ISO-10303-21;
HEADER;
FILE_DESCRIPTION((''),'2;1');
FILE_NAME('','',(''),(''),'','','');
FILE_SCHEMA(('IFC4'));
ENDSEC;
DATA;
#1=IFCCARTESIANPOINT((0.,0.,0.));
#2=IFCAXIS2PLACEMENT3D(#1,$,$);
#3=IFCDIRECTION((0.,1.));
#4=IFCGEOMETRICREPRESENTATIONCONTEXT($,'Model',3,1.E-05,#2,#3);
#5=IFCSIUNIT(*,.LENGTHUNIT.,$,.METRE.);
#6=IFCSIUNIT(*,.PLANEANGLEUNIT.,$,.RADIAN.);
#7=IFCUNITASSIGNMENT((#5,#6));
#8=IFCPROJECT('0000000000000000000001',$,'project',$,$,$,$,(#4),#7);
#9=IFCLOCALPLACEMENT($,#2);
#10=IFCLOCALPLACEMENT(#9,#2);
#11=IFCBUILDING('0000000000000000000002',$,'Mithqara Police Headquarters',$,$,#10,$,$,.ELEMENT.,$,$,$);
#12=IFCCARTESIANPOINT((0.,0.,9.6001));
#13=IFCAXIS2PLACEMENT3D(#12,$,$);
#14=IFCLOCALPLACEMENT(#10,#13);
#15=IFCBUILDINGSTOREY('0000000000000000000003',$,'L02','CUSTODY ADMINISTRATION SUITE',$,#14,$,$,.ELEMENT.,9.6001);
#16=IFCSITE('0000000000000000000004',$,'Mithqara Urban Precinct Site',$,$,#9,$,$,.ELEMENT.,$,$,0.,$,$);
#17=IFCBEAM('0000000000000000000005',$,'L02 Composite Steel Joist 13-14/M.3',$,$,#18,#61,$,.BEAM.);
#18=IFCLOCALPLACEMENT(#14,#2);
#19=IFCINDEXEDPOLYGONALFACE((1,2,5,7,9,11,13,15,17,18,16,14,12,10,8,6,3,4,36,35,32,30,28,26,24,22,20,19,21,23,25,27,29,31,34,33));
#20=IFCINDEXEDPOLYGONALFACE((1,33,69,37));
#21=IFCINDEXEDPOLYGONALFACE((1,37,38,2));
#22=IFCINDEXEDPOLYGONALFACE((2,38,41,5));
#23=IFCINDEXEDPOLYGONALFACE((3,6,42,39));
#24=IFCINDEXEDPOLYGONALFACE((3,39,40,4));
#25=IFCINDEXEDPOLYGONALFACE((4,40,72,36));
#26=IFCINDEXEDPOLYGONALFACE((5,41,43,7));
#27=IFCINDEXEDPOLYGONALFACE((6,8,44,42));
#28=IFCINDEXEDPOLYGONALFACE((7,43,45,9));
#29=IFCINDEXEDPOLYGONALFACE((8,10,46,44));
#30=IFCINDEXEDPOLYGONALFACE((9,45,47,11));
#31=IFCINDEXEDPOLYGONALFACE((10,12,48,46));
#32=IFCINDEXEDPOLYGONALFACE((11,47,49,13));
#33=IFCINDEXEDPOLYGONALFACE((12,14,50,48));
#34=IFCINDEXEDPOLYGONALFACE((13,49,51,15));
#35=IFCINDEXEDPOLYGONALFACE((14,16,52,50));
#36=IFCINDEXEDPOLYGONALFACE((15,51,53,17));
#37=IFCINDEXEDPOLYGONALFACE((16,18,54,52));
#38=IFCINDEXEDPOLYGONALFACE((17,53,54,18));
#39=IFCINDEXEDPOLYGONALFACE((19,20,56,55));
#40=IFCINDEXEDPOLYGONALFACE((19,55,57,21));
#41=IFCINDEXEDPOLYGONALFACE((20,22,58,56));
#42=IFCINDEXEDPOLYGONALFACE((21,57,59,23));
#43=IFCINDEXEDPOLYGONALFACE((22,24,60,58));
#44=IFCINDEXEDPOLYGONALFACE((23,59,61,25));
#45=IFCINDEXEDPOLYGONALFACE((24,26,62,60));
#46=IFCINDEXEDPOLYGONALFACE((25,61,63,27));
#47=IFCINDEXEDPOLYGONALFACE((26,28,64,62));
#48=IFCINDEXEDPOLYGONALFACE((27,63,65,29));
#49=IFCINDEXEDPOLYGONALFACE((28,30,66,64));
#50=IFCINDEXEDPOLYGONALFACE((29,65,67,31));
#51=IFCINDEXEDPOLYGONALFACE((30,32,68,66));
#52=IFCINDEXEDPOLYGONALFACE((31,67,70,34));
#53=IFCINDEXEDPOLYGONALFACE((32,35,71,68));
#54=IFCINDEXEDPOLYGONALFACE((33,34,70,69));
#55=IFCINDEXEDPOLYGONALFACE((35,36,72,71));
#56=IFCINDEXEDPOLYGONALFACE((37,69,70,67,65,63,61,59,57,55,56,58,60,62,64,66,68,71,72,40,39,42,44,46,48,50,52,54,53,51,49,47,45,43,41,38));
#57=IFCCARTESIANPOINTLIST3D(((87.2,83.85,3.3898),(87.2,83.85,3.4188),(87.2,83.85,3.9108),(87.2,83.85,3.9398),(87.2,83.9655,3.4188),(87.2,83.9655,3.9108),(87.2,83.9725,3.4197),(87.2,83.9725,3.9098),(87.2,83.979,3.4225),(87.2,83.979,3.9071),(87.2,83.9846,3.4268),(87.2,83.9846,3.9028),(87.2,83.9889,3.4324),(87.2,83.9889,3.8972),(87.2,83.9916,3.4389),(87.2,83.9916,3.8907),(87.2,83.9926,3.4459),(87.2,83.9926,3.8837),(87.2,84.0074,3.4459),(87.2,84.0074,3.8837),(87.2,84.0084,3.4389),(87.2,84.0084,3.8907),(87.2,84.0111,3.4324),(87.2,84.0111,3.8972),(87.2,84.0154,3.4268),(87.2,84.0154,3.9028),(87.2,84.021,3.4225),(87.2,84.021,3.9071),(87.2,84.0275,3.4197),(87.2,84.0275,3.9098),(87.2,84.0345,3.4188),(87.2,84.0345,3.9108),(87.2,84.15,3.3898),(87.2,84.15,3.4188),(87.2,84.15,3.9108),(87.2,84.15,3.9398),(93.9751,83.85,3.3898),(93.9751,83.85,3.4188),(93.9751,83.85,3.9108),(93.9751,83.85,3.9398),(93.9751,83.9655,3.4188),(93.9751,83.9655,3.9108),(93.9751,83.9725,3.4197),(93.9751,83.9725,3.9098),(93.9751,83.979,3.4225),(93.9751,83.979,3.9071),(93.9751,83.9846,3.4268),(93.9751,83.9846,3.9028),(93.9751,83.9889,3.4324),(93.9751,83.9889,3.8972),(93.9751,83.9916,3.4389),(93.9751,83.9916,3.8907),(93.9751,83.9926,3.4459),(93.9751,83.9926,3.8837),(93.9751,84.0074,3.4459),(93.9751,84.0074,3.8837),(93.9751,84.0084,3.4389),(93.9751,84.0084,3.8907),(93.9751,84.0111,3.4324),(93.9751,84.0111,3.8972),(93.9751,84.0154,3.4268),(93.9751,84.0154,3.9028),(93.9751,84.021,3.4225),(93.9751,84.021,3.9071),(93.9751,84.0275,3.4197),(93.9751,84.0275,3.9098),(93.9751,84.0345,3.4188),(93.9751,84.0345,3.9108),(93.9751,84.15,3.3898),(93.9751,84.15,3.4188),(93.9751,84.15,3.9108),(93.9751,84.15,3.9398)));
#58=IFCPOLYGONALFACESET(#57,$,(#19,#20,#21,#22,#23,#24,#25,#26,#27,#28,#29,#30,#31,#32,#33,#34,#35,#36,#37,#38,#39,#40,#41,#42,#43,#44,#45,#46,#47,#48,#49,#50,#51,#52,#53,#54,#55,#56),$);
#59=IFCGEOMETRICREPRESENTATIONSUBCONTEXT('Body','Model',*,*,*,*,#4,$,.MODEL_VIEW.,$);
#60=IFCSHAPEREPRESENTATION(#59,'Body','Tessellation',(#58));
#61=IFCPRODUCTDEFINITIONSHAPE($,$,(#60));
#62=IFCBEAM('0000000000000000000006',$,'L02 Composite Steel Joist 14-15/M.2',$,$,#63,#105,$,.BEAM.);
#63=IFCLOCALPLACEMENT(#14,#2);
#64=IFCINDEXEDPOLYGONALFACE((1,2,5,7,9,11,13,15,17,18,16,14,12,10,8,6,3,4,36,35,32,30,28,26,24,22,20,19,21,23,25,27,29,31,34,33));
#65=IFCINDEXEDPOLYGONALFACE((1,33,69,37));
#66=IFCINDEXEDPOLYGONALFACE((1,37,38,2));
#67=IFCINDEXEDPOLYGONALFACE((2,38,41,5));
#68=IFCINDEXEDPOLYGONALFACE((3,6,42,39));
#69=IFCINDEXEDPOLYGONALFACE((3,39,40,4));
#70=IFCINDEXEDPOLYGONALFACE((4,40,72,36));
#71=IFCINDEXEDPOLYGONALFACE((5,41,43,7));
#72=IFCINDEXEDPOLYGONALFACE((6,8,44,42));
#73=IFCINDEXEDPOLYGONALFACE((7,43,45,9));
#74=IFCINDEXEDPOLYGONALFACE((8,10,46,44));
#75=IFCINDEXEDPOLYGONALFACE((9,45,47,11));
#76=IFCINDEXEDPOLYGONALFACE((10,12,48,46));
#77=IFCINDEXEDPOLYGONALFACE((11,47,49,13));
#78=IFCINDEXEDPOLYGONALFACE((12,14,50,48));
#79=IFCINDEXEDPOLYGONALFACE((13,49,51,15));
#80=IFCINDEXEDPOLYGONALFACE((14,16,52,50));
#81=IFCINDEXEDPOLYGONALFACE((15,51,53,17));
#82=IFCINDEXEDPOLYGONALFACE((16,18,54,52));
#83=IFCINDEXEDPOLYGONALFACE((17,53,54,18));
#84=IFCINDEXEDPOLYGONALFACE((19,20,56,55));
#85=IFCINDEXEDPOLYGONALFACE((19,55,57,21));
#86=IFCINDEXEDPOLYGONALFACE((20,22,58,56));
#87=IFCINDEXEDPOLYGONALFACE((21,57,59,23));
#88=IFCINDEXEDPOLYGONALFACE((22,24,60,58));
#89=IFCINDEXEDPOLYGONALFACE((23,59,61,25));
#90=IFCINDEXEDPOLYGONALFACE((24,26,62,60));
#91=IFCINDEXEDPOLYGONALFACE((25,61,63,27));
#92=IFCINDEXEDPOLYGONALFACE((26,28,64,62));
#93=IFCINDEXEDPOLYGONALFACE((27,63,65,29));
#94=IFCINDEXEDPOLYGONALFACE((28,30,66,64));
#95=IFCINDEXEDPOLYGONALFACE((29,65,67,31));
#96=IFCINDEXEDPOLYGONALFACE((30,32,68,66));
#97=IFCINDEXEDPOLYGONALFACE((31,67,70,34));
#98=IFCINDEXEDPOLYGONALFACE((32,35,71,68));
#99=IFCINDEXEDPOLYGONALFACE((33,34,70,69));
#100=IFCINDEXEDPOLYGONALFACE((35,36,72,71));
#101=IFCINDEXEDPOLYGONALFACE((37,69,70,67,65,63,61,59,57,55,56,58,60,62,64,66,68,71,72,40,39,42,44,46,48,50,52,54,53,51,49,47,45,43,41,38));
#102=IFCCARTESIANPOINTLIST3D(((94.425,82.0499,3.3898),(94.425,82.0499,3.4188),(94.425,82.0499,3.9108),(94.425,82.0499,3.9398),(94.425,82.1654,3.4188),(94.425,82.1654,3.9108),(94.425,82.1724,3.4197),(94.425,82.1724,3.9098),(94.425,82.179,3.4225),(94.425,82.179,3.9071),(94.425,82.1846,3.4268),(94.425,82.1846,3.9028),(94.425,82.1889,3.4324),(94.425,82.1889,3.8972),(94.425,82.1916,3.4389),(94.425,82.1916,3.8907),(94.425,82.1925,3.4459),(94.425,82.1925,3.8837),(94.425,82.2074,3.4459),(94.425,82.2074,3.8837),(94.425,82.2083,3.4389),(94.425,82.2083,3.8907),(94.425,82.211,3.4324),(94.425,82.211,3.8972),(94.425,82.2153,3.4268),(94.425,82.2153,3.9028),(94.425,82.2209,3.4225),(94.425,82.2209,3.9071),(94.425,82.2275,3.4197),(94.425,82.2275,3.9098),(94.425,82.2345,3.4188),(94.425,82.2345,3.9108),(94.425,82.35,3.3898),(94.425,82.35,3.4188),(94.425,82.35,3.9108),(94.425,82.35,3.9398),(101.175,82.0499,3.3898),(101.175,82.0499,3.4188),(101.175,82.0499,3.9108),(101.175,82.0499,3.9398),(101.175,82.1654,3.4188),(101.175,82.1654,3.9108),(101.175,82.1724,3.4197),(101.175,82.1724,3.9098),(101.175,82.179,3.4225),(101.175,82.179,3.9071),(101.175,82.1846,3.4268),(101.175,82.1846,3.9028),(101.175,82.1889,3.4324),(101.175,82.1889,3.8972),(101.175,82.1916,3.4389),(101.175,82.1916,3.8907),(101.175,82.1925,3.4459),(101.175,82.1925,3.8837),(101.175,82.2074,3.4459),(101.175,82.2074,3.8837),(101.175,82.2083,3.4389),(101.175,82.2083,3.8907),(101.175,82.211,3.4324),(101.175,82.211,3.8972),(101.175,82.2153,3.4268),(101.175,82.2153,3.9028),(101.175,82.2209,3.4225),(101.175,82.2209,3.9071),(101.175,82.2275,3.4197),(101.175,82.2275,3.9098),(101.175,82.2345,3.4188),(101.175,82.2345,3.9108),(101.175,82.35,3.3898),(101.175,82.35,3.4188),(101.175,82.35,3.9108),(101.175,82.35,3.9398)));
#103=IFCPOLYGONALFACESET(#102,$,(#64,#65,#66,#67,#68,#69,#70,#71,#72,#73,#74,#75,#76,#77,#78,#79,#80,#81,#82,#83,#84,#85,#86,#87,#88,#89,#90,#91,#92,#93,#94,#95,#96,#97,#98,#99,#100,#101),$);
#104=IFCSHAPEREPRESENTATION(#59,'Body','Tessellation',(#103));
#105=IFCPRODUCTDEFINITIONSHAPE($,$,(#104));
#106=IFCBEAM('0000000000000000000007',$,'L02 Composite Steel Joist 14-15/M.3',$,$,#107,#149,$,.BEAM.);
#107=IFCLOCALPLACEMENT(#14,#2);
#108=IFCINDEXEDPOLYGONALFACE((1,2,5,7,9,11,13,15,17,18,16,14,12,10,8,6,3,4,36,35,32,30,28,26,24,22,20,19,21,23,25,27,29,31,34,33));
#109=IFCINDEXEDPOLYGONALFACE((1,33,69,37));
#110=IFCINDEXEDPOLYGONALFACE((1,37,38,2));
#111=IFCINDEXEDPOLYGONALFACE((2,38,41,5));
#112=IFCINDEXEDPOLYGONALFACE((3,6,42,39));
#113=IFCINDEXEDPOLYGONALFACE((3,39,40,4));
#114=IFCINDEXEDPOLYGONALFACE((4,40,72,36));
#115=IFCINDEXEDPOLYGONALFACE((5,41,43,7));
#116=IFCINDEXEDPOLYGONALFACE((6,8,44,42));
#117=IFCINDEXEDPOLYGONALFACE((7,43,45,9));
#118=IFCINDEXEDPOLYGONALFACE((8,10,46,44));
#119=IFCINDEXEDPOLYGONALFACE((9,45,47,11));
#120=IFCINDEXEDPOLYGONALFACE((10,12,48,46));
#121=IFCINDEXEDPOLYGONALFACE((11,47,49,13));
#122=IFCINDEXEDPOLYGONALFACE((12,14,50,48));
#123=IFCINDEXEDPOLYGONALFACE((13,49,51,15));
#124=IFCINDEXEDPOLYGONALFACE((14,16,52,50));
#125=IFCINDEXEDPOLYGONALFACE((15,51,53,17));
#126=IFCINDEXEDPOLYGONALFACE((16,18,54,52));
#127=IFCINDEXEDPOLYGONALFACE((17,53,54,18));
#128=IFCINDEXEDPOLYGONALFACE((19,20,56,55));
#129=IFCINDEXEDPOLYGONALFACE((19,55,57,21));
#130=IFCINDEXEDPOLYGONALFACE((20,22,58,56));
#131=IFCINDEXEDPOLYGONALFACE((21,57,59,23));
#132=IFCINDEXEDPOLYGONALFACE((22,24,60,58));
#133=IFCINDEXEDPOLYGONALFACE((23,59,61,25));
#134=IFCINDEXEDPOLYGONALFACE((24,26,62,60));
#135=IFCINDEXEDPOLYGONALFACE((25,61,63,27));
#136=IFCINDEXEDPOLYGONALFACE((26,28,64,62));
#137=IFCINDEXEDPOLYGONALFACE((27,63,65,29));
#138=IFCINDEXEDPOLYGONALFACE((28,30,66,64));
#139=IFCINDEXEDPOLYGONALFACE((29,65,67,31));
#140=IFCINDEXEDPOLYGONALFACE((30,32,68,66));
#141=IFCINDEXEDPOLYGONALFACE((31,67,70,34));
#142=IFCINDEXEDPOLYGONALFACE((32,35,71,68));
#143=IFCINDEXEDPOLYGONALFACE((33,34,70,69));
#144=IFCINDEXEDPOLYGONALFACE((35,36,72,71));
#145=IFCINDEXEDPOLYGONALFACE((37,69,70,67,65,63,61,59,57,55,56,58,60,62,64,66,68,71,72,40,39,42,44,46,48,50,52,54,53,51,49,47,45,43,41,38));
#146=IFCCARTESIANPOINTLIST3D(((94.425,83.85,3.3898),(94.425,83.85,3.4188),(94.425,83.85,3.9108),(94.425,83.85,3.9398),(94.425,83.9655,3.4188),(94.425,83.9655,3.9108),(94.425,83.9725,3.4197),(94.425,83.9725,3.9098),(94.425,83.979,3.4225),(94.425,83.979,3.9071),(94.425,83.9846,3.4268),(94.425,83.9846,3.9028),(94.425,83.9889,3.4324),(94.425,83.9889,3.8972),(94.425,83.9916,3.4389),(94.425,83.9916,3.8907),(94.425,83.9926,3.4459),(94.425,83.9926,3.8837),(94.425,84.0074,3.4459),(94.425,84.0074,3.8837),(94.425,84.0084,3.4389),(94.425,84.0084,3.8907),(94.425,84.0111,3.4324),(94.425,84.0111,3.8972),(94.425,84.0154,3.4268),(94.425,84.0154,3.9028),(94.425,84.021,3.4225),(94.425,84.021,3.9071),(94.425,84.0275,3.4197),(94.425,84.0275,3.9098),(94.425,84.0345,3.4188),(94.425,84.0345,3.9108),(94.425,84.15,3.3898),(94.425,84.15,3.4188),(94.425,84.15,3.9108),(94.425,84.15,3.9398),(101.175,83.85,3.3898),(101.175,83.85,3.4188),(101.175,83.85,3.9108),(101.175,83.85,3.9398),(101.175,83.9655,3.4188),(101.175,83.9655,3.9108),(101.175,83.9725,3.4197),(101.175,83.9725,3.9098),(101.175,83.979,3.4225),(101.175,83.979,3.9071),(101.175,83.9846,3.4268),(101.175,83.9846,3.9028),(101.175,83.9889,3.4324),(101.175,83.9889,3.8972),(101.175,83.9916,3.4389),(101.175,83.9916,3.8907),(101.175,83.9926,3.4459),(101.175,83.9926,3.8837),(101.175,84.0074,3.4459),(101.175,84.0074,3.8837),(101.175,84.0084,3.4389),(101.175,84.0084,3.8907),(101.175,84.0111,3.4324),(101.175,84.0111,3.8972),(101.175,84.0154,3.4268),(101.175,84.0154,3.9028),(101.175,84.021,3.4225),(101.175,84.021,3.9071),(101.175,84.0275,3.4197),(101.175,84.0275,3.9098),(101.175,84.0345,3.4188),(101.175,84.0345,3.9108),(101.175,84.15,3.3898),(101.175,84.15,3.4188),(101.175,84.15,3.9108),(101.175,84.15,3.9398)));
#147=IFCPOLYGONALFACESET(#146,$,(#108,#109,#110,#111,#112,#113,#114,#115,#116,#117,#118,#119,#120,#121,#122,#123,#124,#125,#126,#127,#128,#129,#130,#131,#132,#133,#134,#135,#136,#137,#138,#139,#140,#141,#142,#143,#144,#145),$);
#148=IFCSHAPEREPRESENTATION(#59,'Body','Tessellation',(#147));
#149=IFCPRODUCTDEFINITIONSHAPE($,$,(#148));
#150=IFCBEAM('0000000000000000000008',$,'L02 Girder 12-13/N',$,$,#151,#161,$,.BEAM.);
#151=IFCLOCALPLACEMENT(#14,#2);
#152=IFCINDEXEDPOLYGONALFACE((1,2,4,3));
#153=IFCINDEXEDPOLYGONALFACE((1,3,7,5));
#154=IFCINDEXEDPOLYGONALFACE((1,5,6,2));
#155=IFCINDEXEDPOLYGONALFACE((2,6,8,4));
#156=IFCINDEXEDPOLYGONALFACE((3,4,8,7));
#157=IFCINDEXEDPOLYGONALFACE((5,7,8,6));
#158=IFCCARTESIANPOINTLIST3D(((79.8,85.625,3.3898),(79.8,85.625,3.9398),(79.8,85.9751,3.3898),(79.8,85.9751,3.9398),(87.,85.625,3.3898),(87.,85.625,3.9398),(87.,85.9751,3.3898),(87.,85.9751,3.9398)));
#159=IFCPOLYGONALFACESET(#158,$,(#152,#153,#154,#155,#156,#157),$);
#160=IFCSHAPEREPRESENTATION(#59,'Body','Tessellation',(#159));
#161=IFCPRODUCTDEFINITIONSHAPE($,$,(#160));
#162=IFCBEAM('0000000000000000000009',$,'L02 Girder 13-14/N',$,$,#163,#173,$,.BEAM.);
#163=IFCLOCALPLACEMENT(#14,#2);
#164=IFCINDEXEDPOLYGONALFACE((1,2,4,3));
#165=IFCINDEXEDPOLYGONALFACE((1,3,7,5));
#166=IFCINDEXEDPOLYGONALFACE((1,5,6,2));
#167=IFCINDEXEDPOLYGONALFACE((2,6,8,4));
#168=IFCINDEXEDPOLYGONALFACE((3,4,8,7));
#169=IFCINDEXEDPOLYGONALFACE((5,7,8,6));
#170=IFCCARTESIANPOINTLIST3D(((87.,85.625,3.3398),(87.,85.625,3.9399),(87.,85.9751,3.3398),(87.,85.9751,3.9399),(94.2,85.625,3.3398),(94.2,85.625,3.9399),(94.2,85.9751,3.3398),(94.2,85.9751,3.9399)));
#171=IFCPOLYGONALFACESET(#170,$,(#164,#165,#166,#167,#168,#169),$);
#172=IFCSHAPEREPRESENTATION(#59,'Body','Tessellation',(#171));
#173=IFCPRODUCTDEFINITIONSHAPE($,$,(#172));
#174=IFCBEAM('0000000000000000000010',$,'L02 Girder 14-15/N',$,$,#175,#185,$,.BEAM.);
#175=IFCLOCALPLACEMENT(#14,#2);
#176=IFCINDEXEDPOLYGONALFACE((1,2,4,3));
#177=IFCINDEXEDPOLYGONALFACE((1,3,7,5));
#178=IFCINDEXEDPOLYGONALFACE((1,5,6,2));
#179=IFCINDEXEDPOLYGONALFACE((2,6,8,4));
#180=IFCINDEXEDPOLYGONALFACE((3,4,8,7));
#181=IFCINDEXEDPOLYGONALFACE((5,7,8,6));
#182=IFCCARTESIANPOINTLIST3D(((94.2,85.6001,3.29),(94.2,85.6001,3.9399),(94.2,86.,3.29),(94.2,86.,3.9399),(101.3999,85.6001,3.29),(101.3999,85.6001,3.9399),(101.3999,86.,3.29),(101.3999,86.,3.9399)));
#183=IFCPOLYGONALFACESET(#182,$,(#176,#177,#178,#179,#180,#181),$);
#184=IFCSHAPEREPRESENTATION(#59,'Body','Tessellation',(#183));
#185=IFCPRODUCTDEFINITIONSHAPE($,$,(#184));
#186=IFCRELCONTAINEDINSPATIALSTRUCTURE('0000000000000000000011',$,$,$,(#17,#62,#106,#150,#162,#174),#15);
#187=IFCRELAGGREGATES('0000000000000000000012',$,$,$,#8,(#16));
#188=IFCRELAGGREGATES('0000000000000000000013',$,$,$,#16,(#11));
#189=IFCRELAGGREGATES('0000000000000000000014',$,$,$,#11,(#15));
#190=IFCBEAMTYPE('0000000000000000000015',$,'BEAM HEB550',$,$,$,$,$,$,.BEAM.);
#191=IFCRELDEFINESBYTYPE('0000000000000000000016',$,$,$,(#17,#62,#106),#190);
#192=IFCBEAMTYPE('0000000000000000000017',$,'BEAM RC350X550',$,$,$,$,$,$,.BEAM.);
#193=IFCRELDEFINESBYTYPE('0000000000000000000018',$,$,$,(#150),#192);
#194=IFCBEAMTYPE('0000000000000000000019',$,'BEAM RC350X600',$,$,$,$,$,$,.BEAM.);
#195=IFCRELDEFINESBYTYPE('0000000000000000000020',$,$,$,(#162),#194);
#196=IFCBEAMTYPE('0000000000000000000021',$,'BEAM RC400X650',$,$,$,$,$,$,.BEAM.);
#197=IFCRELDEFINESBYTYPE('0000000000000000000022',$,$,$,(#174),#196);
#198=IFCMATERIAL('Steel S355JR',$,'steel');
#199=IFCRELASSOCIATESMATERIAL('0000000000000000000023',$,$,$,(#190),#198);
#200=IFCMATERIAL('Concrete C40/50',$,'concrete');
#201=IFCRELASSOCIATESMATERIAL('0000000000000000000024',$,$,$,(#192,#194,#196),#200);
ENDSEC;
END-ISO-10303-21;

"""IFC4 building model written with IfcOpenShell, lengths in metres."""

from ifc_helpers import new_model, si_unit, direction, frame, origin, origin_2d, place, context, subcontext, project, spatial, rectangle, i_section, extrude, material, material_profile, profile_set, type_object, element, save


model = new_model("IFC4")

# Units and contexts
model_context = context("Model", 3, precision=1e-05, world=origin(), true_north=direction((0.0, 1.0)))
body_context = subcontext(model_context, "Body", "Model", "MODEL_VIEW")
ifc_project = project(units=[si_unit("LENGTHUNIT", "METRE"), si_unit("PLANEANGLEUNIT", "RADIAN")], contexts=[model_context])

# Site, building, storey
site_placement = place(None, origin())
site = spatial("IfcSite", under=ifc_project, at=site_placement, Name="Mithqara Urban Precinct Site", CompositionType="ELEMENT", RefElevation=0.0)
building_placement = place(site_placement, origin())
building = spatial("IfcBuilding", under=site, at=building_placement, Name="Mithqara Police Headquarters", CompositionType="ELEMENT")
storey_placement = place(building_placement, frame((0.0, 0.0, 9.6001)))
storey = spatial("IfcBuildingStorey", under=building, at=storey_placement, Name="L02", Description="CUSTODY ADMINISTRATION SUITE", CompositionType="ELEMENT", Elevation=9.6001)

# Beams
ifc_material_1 = material(Name="Steel S355JR", Category="steel")
ifc_material_profile_1 = material_profile(ifc_material_1, i_section(OverallWidth=0.3, OverallDepth=0.55, WebThickness=0.0149, FlangeThickness=0.0291, FilletRadius=0.0271, at=origin_2d()), Name="HEB 550")
ifc_profile_set_1 = profile_set([ifc_material_profile_1], Name="Steel S355JR")
beam_type_1 = type_object("IfcBeamType", Name="BEAM HEB550", PredefinedType="BEAM", material=ifc_profile_set_1)
for number, where, z_axis, x_axis, name in (
    (1, (87.2, 84.0, 3.6648), (1.0, 0.0, 0.0), (0.0, 1.0, 0.0), "L02 Composite Steel Joist 13-14/M.3"),
):
    element("IfcBeam", number, at=place(storey_placement, frame(where, z_axis=z_axis, x_axis=x_axis)), inside=storey, type_object=beam_type_1, Name=name, PredefinedType="BEAM", context=body_context, shape_type="SweptSolid", body=[
        extrude(i_section(OverallWidth=0.3, OverallDepth=0.55, WebThickness=0.0149, FlangeThickness=0.0291, FilletRadius=0.0271, at=origin_2d()), origin(), (0.0, 0.0, 1.0), 6.7751),
    ])
for number, where, z_axis, x_axis, name in (
    (2, (94.425, 82.2, 3.6648), (1.0, 0.0, 0.0), (0.0, 1.0, 0.0), "L02 Composite Steel Joist 14-15/M.2"),
    (3, (94.425, 84.0, 3.6648), (1.0, 0.0, 0.0), (0.0, 1.0, 0.0), "L02 Composite Steel Joist 14-15/M.3"),
):
    element("IfcBeam", number, at=place(storey_placement, frame(where, z_axis=z_axis, x_axis=x_axis)), inside=storey, type_object=beam_type_1, Name=name, PredefinedType="BEAM", context=body_context, shape_type="SweptSolid", body=[
        extrude(i_section(OverallWidth=0.3, OverallDepth=0.55, WebThickness=0.0149, FlangeThickness=0.0291, FilletRadius=0.0271, at=origin_2d()), origin(), (0.0, 0.0, 1.0), 6.75),
    ])
ifc_material_2 = material(Name="Concrete C40/50", Category="concrete")
ifc_material_profile_2 = material_profile(ifc_material_2, rectangle(XDim=0.3501, YDim=0.55, at=origin_2d()), Name="RC 350x550")
ifc_profile_set_2 = profile_set([ifc_material_profile_2], Name="Concrete C40/50")
beam_type_2 = type_object("IfcBeamType", Name="BEAM RC350X550", PredefinedType="BEAM", material=ifc_profile_set_2)
beam_1_placement = place(storey_placement, frame((79.8, 85.8, 3.6648), z_axis=(1.0, 0.0, 0.0), x_axis=(0.0, 1.0, 0.0)))
element("IfcBeam", 4, at=beam_1_placement, inside=storey, type_object=beam_type_2, Name="L02 Girder 12-13/N", PredefinedType="BEAM", context=body_context, shape_type="SweptSolid", body=[
    extrude(rectangle(XDim=0.3501, YDim=0.55, at=origin_2d()), origin(), (0.0, 0.0, 1.0), 7.2),
])
ifc_material_profile_3 = material_profile(ifc_material_2, rectangle(XDim=0.3501, YDim=0.6001, at=origin_2d()), Name="RC 350x600")
ifc_profile_set_3 = profile_set([ifc_material_profile_3], Name="Concrete C40/50")
beam_type_3 = type_object("IfcBeamType", Name="BEAM RC350X600", PredefinedType="BEAM", material=ifc_profile_set_3)
beam_2_placement = place(storey_placement, frame((87.0, 85.8, 3.6399), z_axis=(1.0, 0.0, 0.0), x_axis=(0.0, 1.0, 0.0)))
element("IfcBeam", 5, at=beam_2_placement, inside=storey, type_object=beam_type_3, Name="L02 Girder 13-14/N", PredefinedType="BEAM", context=body_context, shape_type="SweptSolid", body=[
    extrude(rectangle(XDim=0.3501, YDim=0.6001, at=origin_2d()), origin(), (0.0, 0.0, 1.0), 7.2),
])
ifc_material_profile_4 = material_profile(ifc_material_2, rectangle(XDim=0.3999, YDim=0.6499, at=origin_2d()), Name="RC 400x650")
ifc_profile_set_4 = profile_set([ifc_material_profile_4], Name="Concrete C40/50")
beam_type_4 = type_object("IfcBeamType", Name="BEAM RC400X650", PredefinedType="BEAM", material=ifc_profile_set_4)
beam_3_placement = place(storey_placement, frame((94.2, 85.8, 3.615), z_axis=(1.0, 0.0, 0.0), x_axis=(0.0, 1.0, 0.0)))
element("IfcBeam", 6, at=beam_3_placement, inside=storey, type_object=beam_type_4, Name="L02 Girder 14-15/N", PredefinedType="BEAM", context=body_context, shape_type="SweptSolid", body=[
    extrude(rectangle(XDim=0.3999, YDim=0.6499, at=origin_2d()), origin(), (0.0, 0.0, 1.0), 7.2),
])

save(model, "model.ifc")
